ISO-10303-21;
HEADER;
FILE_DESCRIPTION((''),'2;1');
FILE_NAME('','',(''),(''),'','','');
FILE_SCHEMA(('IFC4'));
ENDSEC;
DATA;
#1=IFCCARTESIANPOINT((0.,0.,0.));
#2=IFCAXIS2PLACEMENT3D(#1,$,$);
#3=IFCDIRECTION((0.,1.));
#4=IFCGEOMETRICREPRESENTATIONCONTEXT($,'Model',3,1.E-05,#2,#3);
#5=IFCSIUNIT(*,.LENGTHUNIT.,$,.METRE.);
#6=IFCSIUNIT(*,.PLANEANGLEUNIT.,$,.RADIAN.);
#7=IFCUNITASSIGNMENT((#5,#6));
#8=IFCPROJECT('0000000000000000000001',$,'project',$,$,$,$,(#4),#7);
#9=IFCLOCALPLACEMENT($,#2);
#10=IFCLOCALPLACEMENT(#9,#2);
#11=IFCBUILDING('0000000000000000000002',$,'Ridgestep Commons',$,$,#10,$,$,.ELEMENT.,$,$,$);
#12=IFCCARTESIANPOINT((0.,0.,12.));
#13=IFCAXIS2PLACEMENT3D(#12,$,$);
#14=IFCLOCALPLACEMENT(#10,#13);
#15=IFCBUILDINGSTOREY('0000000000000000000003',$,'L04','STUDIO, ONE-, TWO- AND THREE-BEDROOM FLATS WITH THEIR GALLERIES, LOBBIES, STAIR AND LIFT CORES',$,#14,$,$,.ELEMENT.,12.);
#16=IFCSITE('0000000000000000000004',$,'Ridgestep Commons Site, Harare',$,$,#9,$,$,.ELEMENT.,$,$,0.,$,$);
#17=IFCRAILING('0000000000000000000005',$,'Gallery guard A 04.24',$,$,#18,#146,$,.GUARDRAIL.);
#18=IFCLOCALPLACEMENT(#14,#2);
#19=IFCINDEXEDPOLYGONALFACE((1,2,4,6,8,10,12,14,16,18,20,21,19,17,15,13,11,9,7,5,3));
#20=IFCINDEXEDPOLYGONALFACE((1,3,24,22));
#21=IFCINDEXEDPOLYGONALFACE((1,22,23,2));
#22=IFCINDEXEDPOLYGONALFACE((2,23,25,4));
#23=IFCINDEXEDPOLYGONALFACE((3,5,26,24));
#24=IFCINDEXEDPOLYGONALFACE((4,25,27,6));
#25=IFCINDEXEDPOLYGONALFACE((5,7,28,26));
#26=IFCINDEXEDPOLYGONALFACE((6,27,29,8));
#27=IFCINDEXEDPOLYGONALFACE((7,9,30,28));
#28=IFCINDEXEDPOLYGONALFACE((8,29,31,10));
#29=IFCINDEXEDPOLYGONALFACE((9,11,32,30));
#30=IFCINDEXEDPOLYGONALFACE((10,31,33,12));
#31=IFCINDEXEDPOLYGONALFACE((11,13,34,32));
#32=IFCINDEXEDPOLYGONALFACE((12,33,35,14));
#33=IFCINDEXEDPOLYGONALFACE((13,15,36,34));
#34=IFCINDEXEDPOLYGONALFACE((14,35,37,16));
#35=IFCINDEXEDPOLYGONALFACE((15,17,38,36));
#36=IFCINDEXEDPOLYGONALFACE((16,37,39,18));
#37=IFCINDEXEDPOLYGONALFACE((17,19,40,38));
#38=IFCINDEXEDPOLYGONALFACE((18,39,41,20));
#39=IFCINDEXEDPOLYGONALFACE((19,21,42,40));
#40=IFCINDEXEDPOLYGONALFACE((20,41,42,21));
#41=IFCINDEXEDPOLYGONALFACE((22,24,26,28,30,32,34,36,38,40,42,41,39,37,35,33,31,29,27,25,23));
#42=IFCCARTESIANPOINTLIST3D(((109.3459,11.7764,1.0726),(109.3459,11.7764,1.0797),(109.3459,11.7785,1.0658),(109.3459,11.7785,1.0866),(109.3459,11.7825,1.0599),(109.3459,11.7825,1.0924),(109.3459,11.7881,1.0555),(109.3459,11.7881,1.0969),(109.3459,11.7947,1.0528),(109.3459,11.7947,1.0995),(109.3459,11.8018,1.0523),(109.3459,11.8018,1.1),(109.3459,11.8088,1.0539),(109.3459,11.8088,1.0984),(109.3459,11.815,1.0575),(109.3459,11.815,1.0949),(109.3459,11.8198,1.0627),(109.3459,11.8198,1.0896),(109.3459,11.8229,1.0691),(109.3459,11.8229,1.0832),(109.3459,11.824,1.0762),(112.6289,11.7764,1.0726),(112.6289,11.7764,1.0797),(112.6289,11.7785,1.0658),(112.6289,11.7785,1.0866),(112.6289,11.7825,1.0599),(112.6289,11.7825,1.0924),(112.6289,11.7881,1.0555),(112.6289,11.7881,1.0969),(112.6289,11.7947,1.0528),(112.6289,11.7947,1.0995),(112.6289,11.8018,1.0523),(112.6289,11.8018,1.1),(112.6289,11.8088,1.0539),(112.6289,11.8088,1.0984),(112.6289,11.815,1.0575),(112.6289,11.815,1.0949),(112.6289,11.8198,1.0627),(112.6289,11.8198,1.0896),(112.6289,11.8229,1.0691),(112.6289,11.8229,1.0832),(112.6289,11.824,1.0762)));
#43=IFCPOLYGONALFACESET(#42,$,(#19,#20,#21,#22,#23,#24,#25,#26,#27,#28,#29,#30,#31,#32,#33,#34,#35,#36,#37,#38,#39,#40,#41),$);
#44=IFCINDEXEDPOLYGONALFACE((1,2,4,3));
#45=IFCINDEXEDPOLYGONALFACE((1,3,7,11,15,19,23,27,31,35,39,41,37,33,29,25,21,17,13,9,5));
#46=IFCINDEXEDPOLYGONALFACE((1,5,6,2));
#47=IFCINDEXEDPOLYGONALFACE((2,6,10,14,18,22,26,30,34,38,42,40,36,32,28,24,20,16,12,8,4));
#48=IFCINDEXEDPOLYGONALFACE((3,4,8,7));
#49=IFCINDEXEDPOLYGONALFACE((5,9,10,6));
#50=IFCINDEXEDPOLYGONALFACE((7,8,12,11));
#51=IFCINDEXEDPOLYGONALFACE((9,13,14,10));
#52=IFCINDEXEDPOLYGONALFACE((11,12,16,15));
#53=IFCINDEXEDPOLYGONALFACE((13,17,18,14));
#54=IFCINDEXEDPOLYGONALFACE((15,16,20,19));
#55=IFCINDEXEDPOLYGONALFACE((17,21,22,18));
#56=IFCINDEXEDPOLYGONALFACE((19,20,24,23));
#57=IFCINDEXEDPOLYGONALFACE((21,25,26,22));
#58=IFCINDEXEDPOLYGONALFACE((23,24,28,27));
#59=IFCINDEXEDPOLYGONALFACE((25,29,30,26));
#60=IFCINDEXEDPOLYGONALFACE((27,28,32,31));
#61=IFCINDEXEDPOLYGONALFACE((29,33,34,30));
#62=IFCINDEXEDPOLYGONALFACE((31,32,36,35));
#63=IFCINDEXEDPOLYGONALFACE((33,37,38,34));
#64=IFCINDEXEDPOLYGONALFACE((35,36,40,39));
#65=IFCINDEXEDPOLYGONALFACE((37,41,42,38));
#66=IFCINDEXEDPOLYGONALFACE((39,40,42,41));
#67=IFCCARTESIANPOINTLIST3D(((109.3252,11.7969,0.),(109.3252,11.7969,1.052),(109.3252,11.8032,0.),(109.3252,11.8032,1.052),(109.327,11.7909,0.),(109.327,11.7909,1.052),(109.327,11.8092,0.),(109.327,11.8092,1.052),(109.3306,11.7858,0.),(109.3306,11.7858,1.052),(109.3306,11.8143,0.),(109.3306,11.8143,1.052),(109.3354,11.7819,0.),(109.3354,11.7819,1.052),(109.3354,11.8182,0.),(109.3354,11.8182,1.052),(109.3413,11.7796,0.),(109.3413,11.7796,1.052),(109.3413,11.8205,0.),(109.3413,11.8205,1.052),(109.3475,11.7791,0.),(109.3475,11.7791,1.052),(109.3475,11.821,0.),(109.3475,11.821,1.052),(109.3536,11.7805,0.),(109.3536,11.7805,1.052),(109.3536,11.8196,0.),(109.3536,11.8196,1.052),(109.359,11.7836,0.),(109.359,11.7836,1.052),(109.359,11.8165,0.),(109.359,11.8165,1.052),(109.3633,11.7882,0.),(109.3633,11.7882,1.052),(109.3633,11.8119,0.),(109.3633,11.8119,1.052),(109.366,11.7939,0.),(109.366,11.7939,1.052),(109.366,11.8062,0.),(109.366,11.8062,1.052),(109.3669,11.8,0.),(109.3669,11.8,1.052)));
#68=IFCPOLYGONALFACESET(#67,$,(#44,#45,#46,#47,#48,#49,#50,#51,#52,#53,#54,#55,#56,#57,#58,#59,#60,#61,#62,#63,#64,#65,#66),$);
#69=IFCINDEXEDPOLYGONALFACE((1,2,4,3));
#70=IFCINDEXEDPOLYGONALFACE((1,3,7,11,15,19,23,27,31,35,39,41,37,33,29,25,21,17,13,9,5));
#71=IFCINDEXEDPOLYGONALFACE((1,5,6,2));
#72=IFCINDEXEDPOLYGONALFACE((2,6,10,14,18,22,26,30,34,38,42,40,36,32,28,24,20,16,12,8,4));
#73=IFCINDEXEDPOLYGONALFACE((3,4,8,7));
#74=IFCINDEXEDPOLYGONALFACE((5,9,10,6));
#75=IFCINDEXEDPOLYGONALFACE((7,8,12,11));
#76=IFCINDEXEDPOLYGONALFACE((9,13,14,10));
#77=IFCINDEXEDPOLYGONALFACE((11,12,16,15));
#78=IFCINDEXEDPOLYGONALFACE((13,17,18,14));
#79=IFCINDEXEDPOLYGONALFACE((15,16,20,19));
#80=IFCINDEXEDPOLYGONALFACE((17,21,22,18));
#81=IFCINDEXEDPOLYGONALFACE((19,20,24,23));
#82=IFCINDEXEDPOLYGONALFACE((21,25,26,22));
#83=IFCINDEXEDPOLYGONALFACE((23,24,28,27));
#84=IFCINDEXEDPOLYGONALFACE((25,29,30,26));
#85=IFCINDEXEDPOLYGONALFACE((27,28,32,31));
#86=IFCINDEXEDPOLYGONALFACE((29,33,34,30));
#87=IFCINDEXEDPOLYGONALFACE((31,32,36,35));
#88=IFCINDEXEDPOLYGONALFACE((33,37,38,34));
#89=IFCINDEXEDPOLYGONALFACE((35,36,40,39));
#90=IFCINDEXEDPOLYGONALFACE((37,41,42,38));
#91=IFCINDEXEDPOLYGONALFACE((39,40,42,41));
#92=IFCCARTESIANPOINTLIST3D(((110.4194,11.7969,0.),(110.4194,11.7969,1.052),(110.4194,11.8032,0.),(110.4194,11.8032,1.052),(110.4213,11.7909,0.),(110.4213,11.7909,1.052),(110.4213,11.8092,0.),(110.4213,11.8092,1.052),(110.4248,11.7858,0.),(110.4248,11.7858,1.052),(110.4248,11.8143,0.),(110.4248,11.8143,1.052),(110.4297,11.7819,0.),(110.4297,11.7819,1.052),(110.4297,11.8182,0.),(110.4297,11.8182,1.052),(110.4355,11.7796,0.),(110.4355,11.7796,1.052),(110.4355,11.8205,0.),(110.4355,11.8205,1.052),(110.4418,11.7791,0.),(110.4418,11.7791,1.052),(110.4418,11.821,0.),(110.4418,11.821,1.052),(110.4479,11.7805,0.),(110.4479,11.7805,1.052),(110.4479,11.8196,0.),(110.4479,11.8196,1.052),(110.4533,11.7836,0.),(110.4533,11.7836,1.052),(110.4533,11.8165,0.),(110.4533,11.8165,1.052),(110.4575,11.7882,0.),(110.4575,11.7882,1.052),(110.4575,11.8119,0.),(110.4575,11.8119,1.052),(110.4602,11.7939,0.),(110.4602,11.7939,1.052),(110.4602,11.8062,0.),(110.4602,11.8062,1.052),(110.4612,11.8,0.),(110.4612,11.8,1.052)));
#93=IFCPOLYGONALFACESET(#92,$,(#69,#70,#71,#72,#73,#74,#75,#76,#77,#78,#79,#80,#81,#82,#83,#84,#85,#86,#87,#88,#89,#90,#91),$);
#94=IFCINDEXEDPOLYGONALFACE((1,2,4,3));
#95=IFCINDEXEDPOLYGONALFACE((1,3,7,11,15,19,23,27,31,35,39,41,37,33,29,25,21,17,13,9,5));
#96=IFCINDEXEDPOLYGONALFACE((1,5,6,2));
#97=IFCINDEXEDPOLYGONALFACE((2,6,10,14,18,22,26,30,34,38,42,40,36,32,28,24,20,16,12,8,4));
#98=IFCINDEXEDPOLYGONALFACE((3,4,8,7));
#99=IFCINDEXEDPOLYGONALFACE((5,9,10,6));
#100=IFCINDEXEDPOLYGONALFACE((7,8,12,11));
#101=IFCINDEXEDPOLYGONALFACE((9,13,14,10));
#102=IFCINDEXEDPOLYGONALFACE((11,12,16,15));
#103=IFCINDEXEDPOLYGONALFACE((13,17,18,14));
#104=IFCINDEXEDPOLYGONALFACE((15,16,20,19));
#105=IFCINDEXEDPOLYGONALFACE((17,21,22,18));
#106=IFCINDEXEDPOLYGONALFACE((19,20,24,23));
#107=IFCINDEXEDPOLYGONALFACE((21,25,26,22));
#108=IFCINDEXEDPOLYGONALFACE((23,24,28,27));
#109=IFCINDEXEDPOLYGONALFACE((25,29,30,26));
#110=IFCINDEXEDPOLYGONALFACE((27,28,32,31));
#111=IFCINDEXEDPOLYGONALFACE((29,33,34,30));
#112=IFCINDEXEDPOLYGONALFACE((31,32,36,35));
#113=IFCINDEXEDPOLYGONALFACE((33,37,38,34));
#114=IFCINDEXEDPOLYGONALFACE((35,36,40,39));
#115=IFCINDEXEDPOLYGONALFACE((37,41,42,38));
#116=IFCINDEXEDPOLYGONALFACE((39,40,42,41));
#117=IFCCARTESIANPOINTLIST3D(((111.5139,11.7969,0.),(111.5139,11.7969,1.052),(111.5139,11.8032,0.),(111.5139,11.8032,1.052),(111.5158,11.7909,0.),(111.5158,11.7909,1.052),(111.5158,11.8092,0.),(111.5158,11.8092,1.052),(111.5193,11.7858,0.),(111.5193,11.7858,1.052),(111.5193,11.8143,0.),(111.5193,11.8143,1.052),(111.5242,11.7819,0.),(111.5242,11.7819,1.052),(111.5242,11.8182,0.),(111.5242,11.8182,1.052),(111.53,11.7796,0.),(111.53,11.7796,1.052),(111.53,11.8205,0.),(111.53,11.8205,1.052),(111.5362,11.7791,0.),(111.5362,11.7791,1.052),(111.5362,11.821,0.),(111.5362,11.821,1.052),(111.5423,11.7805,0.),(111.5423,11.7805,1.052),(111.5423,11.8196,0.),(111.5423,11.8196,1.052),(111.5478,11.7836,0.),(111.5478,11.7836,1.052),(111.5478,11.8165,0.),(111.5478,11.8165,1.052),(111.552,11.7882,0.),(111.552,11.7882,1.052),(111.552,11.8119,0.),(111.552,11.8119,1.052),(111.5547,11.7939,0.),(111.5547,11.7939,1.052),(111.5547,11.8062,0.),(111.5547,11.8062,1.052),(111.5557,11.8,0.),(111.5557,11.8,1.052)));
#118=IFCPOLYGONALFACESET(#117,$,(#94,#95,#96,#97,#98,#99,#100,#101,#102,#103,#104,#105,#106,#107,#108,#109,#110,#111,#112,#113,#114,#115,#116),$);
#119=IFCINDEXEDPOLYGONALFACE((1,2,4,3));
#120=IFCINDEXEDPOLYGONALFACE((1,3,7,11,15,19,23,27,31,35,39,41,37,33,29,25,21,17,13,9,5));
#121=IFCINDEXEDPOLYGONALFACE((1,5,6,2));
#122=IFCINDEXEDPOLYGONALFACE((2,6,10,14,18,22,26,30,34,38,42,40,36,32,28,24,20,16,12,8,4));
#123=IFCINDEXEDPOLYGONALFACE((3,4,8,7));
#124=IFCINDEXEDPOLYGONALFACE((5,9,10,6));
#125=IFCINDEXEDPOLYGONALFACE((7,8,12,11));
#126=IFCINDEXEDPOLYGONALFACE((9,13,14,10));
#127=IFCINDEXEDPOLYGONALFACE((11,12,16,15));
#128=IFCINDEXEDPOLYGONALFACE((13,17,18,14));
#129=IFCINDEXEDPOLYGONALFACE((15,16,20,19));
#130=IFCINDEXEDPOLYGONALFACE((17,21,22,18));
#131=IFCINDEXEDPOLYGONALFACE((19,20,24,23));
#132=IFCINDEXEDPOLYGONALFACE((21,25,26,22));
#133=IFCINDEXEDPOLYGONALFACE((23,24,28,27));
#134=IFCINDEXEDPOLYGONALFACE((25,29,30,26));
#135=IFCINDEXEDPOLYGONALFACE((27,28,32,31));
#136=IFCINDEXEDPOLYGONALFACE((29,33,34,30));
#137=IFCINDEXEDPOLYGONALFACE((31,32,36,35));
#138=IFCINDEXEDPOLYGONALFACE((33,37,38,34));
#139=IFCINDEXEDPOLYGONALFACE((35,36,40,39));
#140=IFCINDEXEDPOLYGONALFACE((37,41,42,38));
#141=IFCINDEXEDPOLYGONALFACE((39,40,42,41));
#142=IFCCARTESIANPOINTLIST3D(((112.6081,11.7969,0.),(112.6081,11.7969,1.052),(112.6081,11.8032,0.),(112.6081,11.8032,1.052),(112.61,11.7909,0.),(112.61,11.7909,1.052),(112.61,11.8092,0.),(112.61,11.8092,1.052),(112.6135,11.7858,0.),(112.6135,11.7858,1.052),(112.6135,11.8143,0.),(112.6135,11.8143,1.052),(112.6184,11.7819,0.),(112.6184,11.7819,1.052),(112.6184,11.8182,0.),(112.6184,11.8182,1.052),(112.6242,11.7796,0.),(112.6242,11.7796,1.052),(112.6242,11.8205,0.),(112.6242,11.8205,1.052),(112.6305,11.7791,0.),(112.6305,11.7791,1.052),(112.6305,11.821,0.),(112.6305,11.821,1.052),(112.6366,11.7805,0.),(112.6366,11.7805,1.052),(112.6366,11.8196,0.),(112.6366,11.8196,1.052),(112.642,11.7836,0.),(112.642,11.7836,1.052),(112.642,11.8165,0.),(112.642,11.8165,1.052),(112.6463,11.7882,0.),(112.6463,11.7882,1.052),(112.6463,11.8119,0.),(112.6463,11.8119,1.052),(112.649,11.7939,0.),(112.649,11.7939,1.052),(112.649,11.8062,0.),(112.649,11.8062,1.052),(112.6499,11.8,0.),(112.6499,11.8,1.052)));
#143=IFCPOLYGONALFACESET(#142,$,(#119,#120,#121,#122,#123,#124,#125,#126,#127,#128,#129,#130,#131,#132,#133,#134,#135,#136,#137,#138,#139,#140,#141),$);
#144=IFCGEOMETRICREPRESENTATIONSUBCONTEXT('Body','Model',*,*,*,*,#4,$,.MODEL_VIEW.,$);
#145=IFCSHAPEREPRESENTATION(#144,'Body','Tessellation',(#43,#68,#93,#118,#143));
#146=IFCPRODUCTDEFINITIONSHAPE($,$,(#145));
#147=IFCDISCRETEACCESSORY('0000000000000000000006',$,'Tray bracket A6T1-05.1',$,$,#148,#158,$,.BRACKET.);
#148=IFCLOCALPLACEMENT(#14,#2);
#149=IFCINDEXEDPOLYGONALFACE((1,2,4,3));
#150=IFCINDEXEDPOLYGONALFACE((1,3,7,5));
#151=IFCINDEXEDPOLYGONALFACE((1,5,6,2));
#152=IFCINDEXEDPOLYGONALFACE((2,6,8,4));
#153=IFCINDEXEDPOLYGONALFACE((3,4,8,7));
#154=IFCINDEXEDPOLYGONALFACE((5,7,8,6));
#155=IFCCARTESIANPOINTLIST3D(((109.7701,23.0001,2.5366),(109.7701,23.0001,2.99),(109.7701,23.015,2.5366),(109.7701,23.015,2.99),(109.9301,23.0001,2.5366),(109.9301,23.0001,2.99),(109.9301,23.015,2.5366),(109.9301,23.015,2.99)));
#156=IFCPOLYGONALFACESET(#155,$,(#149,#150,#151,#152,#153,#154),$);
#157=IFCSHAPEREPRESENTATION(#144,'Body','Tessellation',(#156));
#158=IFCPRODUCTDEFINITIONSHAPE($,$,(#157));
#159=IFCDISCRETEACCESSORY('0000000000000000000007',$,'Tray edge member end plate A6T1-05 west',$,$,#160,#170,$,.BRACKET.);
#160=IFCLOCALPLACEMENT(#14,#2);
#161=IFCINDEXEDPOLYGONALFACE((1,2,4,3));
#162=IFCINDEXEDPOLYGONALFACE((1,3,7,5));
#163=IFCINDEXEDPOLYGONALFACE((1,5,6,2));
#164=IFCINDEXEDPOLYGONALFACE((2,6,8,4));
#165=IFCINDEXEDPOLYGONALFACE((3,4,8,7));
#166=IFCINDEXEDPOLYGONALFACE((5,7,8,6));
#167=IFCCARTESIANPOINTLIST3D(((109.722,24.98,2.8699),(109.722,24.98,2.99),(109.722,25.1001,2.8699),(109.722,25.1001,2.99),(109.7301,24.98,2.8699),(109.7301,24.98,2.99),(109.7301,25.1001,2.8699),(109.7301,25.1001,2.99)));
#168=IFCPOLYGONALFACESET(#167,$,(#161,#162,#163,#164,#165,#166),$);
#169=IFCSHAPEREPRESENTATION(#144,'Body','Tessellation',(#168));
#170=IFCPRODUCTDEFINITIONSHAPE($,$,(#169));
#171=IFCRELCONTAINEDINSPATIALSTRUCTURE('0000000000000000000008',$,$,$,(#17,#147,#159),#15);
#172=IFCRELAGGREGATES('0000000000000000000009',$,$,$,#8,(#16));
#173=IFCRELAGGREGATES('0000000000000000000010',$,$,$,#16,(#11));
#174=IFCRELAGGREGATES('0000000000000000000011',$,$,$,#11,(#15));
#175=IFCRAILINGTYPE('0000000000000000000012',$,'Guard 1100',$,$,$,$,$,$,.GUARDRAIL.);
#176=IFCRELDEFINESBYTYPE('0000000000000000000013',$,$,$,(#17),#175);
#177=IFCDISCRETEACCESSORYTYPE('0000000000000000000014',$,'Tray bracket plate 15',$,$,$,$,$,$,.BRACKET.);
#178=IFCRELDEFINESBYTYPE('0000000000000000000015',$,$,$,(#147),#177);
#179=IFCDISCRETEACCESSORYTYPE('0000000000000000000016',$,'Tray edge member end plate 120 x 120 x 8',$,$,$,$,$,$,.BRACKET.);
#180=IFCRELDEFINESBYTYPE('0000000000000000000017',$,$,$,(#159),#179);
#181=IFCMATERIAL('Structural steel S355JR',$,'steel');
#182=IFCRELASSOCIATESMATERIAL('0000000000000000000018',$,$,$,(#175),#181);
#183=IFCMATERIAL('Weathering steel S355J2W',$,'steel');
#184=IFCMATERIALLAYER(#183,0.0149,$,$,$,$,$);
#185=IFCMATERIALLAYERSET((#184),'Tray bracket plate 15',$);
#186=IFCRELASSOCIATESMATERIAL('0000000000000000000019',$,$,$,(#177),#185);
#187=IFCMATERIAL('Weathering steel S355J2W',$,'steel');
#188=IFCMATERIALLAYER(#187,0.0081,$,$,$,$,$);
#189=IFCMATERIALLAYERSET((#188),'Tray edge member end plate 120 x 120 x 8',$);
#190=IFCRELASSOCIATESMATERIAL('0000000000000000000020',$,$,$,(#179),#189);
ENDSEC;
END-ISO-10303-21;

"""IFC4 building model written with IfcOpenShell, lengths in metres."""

from ifc_helpers import new_model, si_unit, direction, frame, origin, origin_2d, place, context, subcontext, project, spatial, rectangle, circle, extrude, material, layer, layer_set, type_object, element, save


model = new_model("IFC4")

# Units and contexts
model_context = context("Model", 3, precision=1e-05, world=origin(), true_north=direction((0.0, 1.0)))
body_context = subcontext(model_context, "Body", "Model", "MODEL_VIEW")
ifc_project = project(units=[si_unit("LENGTHUNIT", "METRE"), si_unit("PLANEANGLEUNIT", "RADIAN")], contexts=[model_context])

# Site, building, storey
site_placement = place(None, origin())
site = spatial("IfcSite", under=ifc_project, at=site_placement, Name="Ridgestep Commons Site, Harare", CompositionType="ELEMENT", RefElevation=0.0)
building_placement = place(site_placement, origin())
building = spatial("IfcBuilding", under=site, at=building_placement, Name="Ridgestep Commons", CompositionType="ELEMENT")
storey_placement = place(building_placement, frame((0.0, 0.0, 12.0)))
storey = spatial("IfcBuildingStorey", under=building, at=storey_placement, Name="L04", Description="STUDIO, ONE-, TWO- AND THREE-BEDROOM FLATS WITH THEIR GALLERIES, LOBBIES, STAIR AND LIFT CORES", CompositionType="ELEMENT", Elevation=12.0)

# Railing
ifc_material_1 = material(Name="Structural steel S355JR", Category="steel")
railing_type = type_object("IfcRailingType", Name="Guard 1100", PredefinedType="GUARDRAIL", material=ifc_material_1)
railing_1_placement = place(storey_placement, frame((109.3459, 11.8, 0.0)))
element("IfcRailing", 1, at=railing_1_placement, inside=storey, type_object=railing_type, Name="Gallery guard A 04.24", PredefinedType="GUARDRAIL", context=body_context, shape_type="SweptSolid", body=[
    extrude(circle(Radius=0.0239, at=origin_2d()), frame((0.0, 0.0, 1.0762), z_axis=(1.0, 0.0, 0.0), x_axis=(0.0, 1.0, 0.0)), (0.0, 0.0, 1.0), 3.283),
    extrude(circle(Radius=0.021, at=origin_2d()), origin(), (0.0, 0.0, 1.0), 1.052),
    extrude(circle(Radius=0.021, at=origin_2d()), frame((1.0942, 0.0, 0.0)), (0.0, 0.0, 1.0), 1.052),
    extrude(circle(Radius=0.021, at=origin_2d()), frame((2.1887, 0.0, 0.0)), (0.0, 0.0, 1.0), 1.052),
    extrude(circle(Radius=0.021, at=origin_2d()), frame((3.283, 0.0, 0.0)), (0.0, 0.0, 1.0), 1.052),
])

# Discrete accessories
ifc_material_2 = material(Name="Weathering steel S355J2W", Category="steel")
ifc_layer_1 = layer(ifc_material_2, 0.0149)
ifc_layer_set_1 = layer_set([ifc_layer_1], Name="Tray bracket plate 15")
discrete_accessory_type_1 = type_object("IfcDiscreteAccessoryType", Name="Tray bracket plate 15", PredefinedType="BRACKET", material=ifc_layer_set_1)
discrete_accessory_1_placement = place(storey_placement, frame((109.8501, 23.0076, 2.5366), z_axis=(0.0, 0.0, 1.0), x_axis=(1.0, 0.0, 0.0)))
element("IfcDiscreteAccessory", 2, at=discrete_accessory_1_placement, inside=storey, type_object=discrete_accessory_type_1, Name="Tray bracket A6T1-05.1", PredefinedType="BRACKET", context=body_context, shape_type="SweptSolid", body=[
    extrude(rectangle(XDim=0.1599, YDim=0.0149, at=origin_2d()), origin(), (0.0, 0.0, 1.0), 0.4534),
])
ifc_material_3 = material(Name="Weathering steel S355J2W", Category="steel")
ifc_layer_2 = layer(ifc_material_3, 0.0081)
ifc_layer_set_2 = layer_set([ifc_layer_2], Name="Tray edge member end plate 120 x 120 x 8")
discrete_accessory_type_2 = type_object("IfcDiscreteAccessoryType", Name="Tray edge member end plate 120 x 120 x 8", PredefinedType="BRACKET", material=ifc_layer_set_2)
discrete_accessory_2_placement = place(storey_placement, frame((109.7261, 25.04, 2.8699), z_axis=(0.0, 0.0, 1.0), x_axis=(1.0, 0.0, 0.0)))
element("IfcDiscreteAccessory", 3, at=discrete_accessory_2_placement, inside=storey, type_object=discrete_accessory_type_2, Name="Tray edge member end plate A6T1-05 west", PredefinedType="BRACKET", context=body_context, shape_type="SweptSolid", body=[
    extrude(rectangle(XDim=0.0081, YDim=0.1201, at=origin_2d()), origin(), (0.0, 0.0, 1.0), 0.1201),
])

save(model, "model.ifc")
